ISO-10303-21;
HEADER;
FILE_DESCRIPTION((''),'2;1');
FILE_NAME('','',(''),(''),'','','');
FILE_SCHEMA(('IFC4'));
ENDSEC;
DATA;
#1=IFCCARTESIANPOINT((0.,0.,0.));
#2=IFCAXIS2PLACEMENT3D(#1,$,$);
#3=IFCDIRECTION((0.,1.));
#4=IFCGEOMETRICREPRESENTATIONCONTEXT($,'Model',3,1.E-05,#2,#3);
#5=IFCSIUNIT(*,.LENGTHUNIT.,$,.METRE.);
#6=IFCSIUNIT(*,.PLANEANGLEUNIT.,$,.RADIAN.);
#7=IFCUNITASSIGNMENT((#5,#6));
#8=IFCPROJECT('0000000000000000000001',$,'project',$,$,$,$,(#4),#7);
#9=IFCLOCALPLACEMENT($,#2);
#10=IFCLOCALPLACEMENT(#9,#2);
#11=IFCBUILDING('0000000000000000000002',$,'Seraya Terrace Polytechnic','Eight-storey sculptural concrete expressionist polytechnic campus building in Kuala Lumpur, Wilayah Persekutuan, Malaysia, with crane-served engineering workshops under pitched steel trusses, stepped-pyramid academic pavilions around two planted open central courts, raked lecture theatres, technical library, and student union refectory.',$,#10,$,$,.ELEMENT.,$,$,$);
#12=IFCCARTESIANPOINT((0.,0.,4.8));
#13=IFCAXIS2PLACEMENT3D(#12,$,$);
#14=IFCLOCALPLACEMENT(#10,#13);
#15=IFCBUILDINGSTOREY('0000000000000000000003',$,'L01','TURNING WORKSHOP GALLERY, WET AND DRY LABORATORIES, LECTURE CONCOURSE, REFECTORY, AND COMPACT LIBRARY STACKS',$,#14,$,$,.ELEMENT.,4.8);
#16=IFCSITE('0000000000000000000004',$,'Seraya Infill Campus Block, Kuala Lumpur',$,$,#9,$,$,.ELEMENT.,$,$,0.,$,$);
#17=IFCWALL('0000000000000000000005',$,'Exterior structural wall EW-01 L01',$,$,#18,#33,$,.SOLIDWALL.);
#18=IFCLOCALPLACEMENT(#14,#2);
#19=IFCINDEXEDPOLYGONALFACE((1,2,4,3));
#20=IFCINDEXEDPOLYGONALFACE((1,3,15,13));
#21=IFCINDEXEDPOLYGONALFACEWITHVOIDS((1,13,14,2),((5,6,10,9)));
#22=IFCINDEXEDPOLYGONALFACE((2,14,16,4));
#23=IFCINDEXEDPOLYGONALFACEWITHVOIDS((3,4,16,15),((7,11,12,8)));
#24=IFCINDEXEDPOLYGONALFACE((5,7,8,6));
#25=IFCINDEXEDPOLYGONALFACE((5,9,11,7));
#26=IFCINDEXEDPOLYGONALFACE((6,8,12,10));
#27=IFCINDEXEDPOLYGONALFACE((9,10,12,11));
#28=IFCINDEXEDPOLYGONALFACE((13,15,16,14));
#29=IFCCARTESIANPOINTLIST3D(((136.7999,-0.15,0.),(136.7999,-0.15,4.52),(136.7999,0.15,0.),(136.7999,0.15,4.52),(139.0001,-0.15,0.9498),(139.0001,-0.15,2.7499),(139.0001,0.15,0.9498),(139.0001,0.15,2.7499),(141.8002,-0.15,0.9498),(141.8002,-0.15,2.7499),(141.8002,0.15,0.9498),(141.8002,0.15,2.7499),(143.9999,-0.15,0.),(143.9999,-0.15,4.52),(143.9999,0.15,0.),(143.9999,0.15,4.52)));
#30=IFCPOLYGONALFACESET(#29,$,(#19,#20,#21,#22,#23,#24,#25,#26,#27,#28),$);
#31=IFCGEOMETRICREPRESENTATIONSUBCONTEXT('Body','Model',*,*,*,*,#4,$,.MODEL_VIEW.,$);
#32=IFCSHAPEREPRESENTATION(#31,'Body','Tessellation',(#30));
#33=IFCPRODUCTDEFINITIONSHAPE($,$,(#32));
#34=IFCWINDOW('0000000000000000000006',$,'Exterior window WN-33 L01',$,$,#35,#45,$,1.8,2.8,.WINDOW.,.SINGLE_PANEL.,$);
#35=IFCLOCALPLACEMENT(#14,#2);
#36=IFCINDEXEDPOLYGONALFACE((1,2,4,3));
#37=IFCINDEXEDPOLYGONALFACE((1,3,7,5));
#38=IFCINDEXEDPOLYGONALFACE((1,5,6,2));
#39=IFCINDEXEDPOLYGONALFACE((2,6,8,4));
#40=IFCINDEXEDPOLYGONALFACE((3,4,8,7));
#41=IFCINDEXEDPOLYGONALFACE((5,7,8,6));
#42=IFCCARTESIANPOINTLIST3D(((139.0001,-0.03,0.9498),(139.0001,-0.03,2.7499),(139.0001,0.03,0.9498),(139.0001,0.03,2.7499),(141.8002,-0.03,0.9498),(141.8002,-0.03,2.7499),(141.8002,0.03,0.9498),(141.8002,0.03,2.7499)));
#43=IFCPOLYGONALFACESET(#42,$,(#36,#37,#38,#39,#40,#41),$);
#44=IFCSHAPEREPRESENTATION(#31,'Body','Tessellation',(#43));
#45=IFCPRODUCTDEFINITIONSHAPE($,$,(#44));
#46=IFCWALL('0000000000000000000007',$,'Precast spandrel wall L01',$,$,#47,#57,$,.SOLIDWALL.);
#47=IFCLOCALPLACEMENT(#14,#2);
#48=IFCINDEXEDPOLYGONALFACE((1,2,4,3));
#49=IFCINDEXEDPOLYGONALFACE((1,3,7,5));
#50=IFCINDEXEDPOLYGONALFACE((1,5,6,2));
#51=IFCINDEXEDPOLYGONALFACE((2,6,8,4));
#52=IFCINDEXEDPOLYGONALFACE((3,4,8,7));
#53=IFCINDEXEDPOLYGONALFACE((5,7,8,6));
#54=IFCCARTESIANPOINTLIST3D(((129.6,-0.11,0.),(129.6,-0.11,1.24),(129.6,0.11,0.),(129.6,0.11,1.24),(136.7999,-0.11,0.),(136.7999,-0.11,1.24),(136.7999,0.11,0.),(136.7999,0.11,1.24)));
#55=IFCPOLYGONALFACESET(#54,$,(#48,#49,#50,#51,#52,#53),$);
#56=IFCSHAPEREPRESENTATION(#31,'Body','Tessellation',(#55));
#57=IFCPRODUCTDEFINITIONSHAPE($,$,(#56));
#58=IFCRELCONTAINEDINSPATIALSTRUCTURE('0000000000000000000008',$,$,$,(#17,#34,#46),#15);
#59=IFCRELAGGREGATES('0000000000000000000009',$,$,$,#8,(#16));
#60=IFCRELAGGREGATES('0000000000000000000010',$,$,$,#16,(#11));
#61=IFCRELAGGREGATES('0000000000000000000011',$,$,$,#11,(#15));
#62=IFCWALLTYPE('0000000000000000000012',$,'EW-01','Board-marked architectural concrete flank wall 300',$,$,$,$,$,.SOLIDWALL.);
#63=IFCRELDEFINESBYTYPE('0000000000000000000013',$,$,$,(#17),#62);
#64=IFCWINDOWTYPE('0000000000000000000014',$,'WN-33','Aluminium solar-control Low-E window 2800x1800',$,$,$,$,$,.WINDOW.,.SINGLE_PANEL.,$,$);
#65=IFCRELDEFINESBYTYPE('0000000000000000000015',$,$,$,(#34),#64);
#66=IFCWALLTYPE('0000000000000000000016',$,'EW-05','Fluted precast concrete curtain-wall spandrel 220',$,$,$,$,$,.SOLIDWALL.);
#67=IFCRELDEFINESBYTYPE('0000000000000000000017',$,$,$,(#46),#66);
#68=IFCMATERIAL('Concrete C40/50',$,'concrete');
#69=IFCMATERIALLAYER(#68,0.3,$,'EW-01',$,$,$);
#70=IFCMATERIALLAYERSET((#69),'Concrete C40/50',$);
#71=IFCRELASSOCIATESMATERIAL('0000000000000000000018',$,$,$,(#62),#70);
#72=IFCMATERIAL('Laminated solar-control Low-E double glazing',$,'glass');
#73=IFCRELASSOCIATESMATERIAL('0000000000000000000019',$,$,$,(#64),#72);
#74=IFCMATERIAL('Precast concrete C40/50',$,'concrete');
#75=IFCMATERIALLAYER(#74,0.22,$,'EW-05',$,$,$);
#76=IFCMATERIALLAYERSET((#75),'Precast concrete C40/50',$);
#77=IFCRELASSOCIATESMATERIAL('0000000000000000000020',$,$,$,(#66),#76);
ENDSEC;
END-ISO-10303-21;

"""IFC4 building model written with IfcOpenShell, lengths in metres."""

from ifc_helpers import new_model, si_unit, direction, frame, frame_2d, origin, place, context, subcontext, project, spatial, rectangle, extrude, material, layer, layer_set, type_object, element, fill, save


model = new_model("IFC4")

# Units and contexts
model_context = context("Model", 3, precision=1e-05, world=origin(), true_north=direction((0.0, 1.0)))
body_context = subcontext(model_context, "Body", "Model", "MODEL_VIEW")
ifc_project = project(units=[si_unit("LENGTHUNIT", "METRE"), si_unit("PLANEANGLEUNIT", "RADIAN")], contexts=[model_context])

# Site, building, storey
site_placement = place(None, origin())
site = spatial("IfcSite", under=ifc_project, at=site_placement, Name="Seraya Infill Campus Block, Kuala Lumpur", CompositionType="ELEMENT", RefElevation=0.0)
building_placement = place(site_placement, origin())
building = spatial("IfcBuilding", under=site, at=building_placement, Name="Seraya Terrace Polytechnic", Description="Eight-storey sculptural concrete expressionist polytechnic campus building in Kuala Lumpur, Wilayah Persekutuan, Malaysia, with crane-served engineering workshops under pitched steel trusses, stepped-pyramid academic pavilions around two planted open central courts, raked lecture theatres, technical library, and student union refectory.", CompositionType="ELEMENT")
storey_placement = place(building_placement, frame((0.0, 0.0, 4.8)))
storey = spatial("IfcBuildingStorey", under=building, at=storey_placement, Name="L01", Description="TURNING WORKSHOP GALLERY, WET AND DRY LABORATORIES, LECTURE CONCOURSE, REFECTORY, AND COMPACT LIBRARY STACKS", CompositionType="ELEMENT", Elevation=4.8)

# Shared definitions
ifc_material_1 = material(Name="Concrete C40/50", Category="concrete")

# Shared definitions
ifc_material_2 = material(Name="Laminated solar-control Low-E double glazing", Category="glass")

# Wall, opening, window
ifc_layer_1 = layer(ifc_material_1, 0.3, Name="EW-01")
ifc_layer_set_1 = layer_set([ifc_layer_1], Name="Concrete C40/50")
wall_type_1 = type_object("IfcWallType", Name="EW-01", Description="Board-marked architectural concrete flank wall 300", PredefinedType="SOLIDWALL", material=ifc_layer_set_1)
wall_1_placement = place(storey_placement, frame((144.0, 0.0, 0.0), z_axis=(0.0, 0.0, 1.0), x_axis=(-1.0, 0.0, 0.0)))
wall_1 = element("IfcWall", 1, at=wall_1_placement, inside=storey, type_object=wall_type_1, Name="Exterior structural wall EW-01 L01", PredefinedType="SOLIDWALL", context=body_context, shape_type="SweptSolid", body=[
    extrude(rectangle(XDim=7.2, YDim=0.3, at=frame_2d((3.6001, 0.0))), origin(), (0.0, 0.0, 1.0), 4.52),
])
opening_placement = place(wall_1_placement, frame((2.2, 0.0, 0.95)))
opening = element("IfcOpeningElement", 2, at=opening_placement, cuts=wall_1, PredefinedType="OPENING", context=body_context, shape_type="SweptSolid", body=[
    extrude(rectangle(XDim=2.8, YDim=1.8, at=frame_2d((1.3999, 0.8999))), frame((0.0, 0.1621, 0.0), z_axis=(0.0, -1.0, 0.0), x_axis=(1.0, 0.0, 0.0)), (0.0, 0.0, 1.0), 0.324),
])
window_type = type_object("IfcWindowType", Name="WN-33", Description="Aluminium solar-control Low-E window 2800x1800", PartitioningType="SINGLE_PANEL", PredefinedType="WINDOW", material=ifc_material_2)
window_placement = place(opening_placement, origin())
window = element("IfcWindow", 3, at=window_placement, inside=storey, type_object=window_type, Name="Exterior window WN-33 L01", OverallHeight=1.8, OverallWidth=2.8, PartitioningType="SINGLE_PANEL", PredefinedType="WINDOW", context=body_context, shape_type="SweptSolid", body=[
    extrude(rectangle(XDim=2.8, YDim=1.8, at=frame_2d((1.3999, 0.8999))), frame((0.0, 0.03, 0.0), z_axis=(0.0, -1.0, 0.0), x_axis=(1.0, 0.0, 0.0)), (0.0, 0.0, 1.0), 0.0601),
])
fill(opening, window)

# Wall
ifc_material_3 = material(Name="Precast concrete C40/50", Category="concrete")
ifc_layer_2 = layer(ifc_material_3, 0.22, Name="EW-05")
ifc_layer_set_2 = layer_set([ifc_layer_2], Name="Precast concrete C40/50")
wall_type_2 = type_object("IfcWallType", Name="EW-05", Description="Fluted precast concrete curtain-wall spandrel 220", PredefinedType="SOLIDWALL", material=ifc_layer_set_2)
wall_2_placement = place(storey_placement, frame((136.8, 0.0, 0.0), z_axis=(0.0, 0.0, 1.0), x_axis=(-1.0, 0.0, 0.0)))
element("IfcWall", 4, at=wall_2_placement, inside=storey, type_object=wall_type_2, Name="Precast spandrel wall L01", PredefinedType="SOLIDWALL", context=body_context, shape_type="SweptSolid", body=[
    extrude(rectangle(XDim=7.2, YDim=0.22, at=frame_2d((3.6001, 0.0))), origin(), (0.0, 0.0, 1.0), 1.24),
])

save(model, "model.ifc")
